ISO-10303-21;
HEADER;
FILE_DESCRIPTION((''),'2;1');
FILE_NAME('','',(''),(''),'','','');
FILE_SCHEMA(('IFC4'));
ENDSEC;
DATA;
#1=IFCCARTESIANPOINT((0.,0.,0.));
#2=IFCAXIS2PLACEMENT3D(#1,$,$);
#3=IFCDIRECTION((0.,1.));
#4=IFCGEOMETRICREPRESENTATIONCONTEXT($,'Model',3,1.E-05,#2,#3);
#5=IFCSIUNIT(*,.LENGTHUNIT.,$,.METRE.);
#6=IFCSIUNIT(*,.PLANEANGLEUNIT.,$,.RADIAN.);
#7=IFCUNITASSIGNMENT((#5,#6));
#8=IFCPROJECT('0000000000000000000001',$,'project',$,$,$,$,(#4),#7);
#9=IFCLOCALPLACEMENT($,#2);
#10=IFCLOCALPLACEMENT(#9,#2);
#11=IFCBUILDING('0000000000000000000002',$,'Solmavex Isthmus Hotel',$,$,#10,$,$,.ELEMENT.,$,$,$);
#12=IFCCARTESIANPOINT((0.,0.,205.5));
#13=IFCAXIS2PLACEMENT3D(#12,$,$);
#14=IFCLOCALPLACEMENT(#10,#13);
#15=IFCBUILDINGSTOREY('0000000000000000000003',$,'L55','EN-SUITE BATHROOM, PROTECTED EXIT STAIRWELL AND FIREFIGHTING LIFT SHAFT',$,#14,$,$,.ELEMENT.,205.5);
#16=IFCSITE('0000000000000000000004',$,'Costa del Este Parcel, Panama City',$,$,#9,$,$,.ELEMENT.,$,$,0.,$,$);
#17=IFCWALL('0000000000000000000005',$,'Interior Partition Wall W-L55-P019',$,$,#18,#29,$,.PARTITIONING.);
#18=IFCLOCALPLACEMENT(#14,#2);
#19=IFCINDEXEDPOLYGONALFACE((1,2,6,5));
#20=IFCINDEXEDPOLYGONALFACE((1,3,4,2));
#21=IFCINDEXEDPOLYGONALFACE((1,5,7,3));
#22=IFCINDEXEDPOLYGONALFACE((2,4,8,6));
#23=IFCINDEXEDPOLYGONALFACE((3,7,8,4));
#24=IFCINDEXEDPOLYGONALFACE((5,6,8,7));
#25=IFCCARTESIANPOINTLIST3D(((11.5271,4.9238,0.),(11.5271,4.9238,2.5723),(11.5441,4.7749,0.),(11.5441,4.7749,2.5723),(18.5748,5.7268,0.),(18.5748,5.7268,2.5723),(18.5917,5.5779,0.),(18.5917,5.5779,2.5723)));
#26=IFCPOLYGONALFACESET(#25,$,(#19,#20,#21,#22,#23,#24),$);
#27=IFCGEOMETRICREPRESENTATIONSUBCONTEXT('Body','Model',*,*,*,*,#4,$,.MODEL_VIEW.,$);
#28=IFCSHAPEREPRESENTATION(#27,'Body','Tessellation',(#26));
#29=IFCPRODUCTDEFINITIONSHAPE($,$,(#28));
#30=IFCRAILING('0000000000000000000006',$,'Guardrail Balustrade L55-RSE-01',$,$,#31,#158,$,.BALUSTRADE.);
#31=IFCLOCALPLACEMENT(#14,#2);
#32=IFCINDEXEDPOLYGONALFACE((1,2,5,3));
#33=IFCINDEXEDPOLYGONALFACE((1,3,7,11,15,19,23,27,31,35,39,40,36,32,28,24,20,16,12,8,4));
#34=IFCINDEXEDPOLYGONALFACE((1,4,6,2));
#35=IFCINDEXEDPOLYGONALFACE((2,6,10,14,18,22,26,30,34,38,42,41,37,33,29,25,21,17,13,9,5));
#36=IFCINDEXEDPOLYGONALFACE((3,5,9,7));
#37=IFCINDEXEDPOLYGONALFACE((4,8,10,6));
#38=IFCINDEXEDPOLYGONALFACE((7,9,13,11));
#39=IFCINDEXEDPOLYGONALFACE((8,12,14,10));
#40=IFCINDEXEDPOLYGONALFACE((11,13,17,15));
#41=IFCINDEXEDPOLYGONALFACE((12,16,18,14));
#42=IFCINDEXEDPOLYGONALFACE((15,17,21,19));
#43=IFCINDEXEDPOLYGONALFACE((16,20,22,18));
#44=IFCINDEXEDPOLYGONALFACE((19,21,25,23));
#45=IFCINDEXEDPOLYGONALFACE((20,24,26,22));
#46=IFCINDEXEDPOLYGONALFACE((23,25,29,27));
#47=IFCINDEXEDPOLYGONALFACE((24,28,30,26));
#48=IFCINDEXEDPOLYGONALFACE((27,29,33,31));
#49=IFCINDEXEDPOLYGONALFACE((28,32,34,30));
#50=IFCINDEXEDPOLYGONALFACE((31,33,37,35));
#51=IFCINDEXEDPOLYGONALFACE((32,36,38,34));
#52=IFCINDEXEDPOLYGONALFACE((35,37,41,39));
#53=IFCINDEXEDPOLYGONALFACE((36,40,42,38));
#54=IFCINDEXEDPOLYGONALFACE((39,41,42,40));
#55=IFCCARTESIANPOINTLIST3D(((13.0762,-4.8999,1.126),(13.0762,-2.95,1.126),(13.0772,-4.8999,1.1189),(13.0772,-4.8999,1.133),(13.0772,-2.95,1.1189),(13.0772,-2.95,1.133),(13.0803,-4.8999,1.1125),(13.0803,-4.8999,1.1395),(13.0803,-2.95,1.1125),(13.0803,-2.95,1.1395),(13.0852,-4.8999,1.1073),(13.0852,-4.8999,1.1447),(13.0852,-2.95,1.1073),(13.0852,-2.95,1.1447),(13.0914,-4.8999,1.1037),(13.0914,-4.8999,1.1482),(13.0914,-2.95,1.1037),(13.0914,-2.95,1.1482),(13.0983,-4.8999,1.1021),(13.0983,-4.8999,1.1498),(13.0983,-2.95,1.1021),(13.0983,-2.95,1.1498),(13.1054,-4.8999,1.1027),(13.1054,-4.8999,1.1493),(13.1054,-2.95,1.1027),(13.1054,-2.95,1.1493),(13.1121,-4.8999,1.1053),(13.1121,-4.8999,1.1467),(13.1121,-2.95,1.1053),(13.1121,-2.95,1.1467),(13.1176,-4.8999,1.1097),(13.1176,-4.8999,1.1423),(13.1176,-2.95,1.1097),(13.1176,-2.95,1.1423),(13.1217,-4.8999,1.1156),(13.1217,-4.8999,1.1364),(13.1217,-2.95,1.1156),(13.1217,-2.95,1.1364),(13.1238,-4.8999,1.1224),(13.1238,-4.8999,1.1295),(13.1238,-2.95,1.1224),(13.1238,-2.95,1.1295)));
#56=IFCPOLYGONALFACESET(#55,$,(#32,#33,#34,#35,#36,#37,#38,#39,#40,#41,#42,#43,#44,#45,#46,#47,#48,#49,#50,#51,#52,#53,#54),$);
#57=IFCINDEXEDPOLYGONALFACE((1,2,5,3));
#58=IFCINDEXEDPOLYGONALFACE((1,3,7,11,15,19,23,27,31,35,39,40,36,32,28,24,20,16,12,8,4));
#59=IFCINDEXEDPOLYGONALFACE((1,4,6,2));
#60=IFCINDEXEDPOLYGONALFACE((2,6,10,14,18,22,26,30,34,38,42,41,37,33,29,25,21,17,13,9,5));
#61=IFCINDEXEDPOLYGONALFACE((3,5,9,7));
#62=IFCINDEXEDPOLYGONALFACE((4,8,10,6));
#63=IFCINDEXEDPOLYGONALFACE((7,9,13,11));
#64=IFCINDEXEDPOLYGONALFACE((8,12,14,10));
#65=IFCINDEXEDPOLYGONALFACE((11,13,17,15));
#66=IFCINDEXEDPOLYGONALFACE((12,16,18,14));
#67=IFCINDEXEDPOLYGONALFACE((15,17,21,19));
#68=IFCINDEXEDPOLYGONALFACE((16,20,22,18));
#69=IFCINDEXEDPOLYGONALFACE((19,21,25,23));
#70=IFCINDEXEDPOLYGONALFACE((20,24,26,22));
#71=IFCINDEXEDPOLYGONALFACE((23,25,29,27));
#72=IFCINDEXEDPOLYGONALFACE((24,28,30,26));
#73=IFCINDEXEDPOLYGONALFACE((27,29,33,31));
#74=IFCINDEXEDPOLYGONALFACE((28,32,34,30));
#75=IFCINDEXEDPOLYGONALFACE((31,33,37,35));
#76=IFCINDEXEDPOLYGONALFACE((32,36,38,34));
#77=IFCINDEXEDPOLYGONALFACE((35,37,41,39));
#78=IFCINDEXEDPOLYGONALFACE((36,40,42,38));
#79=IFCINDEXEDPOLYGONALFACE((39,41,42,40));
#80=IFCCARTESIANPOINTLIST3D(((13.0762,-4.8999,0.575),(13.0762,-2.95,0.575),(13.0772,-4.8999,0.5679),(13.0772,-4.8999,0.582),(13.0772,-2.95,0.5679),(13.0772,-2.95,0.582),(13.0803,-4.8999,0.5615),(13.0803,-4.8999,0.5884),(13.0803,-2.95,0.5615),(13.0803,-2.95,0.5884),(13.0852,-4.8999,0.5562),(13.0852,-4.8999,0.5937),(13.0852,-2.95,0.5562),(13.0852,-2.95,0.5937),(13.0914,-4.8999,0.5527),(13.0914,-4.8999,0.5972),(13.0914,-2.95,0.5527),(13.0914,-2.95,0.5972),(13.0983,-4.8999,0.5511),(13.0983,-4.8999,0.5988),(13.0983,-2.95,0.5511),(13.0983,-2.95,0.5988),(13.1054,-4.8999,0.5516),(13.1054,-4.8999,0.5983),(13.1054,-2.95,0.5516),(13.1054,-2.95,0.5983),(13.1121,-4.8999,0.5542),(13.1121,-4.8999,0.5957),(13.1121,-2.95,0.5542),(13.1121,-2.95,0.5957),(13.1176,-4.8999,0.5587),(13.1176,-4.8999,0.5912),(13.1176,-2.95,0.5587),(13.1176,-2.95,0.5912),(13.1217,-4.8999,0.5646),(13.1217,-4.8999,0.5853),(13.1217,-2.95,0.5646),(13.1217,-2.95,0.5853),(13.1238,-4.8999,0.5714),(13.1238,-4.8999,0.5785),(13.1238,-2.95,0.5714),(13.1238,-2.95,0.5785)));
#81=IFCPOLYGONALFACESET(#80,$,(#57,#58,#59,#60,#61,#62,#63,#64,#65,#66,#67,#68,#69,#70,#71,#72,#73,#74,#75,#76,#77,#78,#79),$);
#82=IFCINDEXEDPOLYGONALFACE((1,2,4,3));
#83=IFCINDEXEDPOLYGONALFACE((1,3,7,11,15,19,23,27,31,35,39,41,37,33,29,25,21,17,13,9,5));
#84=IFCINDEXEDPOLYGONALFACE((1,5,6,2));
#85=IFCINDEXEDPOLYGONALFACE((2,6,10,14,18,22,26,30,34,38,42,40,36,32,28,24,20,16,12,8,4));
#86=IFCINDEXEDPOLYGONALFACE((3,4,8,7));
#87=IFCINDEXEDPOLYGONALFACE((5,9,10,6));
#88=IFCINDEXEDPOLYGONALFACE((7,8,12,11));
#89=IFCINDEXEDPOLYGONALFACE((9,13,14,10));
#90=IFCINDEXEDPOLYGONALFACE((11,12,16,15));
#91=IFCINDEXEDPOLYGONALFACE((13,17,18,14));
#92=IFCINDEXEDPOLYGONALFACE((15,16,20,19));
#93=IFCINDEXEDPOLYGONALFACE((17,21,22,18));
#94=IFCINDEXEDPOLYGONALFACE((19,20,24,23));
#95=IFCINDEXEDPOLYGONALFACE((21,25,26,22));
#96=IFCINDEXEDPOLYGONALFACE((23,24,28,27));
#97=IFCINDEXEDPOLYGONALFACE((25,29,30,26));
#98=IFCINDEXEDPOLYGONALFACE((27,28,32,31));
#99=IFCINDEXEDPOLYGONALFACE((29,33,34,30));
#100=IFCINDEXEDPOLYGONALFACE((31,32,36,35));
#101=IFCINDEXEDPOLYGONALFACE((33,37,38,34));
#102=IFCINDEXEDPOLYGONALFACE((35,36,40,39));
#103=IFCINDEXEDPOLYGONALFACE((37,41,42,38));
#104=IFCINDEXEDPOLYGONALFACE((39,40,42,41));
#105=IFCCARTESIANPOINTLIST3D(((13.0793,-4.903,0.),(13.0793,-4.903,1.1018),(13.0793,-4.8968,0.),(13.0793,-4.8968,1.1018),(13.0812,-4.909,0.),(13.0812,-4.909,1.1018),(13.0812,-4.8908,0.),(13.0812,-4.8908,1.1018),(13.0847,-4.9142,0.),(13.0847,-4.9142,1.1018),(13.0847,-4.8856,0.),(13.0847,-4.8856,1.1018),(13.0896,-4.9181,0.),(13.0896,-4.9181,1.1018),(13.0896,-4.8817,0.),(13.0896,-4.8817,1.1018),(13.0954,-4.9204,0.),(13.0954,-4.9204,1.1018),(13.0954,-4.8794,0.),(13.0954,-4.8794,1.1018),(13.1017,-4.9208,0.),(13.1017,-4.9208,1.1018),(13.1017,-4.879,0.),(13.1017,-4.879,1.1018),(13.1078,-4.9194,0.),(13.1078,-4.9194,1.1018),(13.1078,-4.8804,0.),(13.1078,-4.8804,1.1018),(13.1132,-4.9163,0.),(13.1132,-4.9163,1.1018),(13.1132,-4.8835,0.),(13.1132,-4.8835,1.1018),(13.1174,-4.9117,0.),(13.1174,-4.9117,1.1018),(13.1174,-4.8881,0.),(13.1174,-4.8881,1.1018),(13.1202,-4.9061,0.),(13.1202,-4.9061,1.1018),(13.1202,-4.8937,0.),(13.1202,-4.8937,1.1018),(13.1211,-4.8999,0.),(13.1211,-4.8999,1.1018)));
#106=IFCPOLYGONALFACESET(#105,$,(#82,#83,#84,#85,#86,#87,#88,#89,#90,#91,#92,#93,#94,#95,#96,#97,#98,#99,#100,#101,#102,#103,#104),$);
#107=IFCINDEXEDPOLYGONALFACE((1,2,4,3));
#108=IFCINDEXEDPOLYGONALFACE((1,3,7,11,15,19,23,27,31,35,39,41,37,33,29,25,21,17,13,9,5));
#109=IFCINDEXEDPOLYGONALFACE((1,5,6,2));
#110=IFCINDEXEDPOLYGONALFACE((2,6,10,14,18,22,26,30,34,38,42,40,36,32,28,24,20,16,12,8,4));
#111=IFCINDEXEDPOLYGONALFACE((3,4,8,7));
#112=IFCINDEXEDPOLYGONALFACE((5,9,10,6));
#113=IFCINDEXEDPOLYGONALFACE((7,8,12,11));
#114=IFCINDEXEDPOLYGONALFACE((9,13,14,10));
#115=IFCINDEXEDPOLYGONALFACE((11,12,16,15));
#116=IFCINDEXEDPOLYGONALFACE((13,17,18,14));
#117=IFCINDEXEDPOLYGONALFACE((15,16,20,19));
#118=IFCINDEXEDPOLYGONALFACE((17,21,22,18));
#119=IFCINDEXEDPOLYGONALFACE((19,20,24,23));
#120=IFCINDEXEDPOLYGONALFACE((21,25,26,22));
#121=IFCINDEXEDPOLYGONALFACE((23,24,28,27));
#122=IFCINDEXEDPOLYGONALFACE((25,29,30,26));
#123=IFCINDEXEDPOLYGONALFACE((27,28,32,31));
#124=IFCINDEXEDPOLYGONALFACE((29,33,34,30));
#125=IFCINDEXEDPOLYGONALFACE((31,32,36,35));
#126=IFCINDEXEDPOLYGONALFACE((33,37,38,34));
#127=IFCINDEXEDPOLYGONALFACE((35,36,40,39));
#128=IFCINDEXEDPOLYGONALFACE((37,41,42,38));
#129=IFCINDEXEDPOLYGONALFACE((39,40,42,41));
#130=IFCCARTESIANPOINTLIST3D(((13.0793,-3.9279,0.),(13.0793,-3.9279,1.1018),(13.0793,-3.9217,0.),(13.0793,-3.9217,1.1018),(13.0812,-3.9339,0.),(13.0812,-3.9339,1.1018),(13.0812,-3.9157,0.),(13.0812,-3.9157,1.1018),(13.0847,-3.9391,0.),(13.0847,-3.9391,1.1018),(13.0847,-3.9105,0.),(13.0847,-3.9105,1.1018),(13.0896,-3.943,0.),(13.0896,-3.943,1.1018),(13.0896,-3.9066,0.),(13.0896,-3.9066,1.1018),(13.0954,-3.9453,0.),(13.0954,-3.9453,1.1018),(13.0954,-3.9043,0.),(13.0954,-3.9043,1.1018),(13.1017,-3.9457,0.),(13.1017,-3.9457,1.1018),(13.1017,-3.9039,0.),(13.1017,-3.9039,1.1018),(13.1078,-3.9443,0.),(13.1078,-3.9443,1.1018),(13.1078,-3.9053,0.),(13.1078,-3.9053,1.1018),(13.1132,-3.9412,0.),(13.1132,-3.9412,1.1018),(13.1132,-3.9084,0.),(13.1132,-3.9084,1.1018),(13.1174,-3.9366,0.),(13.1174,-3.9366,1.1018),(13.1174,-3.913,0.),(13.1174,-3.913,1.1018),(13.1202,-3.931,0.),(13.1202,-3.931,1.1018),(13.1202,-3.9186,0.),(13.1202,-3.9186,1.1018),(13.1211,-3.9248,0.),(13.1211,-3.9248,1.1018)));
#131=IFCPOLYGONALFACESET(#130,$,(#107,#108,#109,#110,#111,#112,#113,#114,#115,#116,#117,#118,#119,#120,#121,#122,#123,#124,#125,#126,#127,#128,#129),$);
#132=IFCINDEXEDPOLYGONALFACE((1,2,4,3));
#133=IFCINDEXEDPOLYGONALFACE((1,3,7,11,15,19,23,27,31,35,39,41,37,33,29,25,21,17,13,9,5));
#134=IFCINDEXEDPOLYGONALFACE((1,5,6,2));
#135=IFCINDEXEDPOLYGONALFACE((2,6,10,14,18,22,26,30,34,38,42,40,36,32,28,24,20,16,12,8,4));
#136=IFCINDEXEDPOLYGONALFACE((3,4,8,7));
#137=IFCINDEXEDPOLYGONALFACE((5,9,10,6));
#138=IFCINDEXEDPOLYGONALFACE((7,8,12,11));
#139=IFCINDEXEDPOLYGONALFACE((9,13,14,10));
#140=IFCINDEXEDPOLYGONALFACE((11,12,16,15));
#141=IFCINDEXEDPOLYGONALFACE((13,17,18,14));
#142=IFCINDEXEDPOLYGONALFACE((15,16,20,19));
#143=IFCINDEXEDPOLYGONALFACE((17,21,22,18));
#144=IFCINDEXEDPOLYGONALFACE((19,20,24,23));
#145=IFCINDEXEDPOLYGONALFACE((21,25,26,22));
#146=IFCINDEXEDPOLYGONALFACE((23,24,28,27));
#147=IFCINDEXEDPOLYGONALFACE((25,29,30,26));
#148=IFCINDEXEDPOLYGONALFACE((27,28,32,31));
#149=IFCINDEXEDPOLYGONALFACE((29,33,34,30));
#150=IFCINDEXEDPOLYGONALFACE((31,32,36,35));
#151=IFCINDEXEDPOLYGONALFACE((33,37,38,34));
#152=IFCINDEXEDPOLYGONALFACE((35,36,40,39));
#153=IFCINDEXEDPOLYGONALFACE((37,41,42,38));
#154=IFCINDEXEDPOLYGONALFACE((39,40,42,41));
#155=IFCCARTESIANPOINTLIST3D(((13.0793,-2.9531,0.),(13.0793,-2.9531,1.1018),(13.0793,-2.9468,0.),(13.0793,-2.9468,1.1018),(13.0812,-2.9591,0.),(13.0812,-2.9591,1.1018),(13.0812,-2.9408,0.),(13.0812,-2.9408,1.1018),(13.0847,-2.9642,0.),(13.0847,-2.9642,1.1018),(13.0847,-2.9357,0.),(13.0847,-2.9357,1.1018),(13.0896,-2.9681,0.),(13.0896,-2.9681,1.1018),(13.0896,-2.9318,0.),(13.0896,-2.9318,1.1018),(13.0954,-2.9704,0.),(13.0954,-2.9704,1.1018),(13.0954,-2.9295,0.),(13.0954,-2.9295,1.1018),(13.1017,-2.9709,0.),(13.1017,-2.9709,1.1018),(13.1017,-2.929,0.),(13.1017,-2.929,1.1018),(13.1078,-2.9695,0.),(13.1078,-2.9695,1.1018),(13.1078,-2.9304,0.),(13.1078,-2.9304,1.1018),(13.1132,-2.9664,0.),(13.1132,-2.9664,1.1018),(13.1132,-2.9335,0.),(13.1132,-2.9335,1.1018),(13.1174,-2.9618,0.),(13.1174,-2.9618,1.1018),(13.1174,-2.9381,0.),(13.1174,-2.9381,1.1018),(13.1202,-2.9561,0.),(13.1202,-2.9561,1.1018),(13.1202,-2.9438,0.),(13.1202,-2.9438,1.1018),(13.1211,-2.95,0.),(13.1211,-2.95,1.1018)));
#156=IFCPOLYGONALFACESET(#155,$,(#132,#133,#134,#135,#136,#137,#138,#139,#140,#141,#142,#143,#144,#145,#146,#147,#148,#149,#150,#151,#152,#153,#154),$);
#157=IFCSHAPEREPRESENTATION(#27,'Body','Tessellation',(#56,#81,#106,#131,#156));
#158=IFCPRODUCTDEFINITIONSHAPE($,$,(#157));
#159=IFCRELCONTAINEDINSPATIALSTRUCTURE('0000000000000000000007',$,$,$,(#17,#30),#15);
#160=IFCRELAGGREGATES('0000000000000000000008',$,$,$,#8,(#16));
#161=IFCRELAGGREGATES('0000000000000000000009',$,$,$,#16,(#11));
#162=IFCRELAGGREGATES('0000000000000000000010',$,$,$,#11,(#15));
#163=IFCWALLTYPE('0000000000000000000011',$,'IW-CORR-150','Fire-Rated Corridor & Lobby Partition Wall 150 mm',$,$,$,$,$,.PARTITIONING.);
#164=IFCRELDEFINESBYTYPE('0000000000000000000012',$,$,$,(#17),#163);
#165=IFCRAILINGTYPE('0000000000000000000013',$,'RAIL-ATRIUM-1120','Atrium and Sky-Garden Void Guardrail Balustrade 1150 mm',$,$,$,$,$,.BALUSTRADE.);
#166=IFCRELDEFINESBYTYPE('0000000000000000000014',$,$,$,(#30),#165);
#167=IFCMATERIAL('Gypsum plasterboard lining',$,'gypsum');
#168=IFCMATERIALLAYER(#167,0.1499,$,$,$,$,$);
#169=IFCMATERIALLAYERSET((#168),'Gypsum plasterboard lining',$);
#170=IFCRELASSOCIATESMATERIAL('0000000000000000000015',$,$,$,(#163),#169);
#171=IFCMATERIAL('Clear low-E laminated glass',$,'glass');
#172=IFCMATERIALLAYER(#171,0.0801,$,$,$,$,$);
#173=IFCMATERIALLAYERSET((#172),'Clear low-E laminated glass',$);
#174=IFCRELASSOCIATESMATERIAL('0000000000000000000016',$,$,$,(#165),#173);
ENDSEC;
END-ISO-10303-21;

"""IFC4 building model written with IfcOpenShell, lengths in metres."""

from ifc_helpers import new_model, si_unit, direction, frame, frame_2d, origin, origin_2d, place, context, subcontext, project, spatial, rectangle, circle, extrude, material, layer, layer_set, type_object, element, save


model = new_model("IFC4")

# Units and contexts
model_context = context("Model", 3, precision=1e-05, world=origin(), true_north=direction((0.0, 1.0)))
body_context = subcontext(model_context, "Body", "Model", "MODEL_VIEW")
ifc_project = project(units=[si_unit("LENGTHUNIT", "METRE"), si_unit("PLANEANGLEUNIT", "RADIAN")], contexts=[model_context])

# Site, building, storey
site_placement = place(None, origin())
site = spatial("IfcSite", under=ifc_project, at=site_placement, Name="Costa del Este Parcel, Panama City", CompositionType="ELEMENT", RefElevation=0.0)
building_placement = place(site_placement, origin())
building = spatial("IfcBuilding", under=site, at=building_placement, Name="Solmavex Isthmus Hotel", CompositionType="ELEMENT")
storey_placement = place(building_placement, frame((0.0, 0.0, 205.5)))
storey = spatial("IfcBuildingStorey", under=building, at=storey_placement, Name="L55", Description="EN-SUITE BATHROOM, PROTECTED EXIT STAIRWELL AND FIREFIGHTING LIFT SHAFT", CompositionType="ELEMENT", Elevation=205.5)

# Shared definitions
ifc_material_1 = material(Name="Clear low-E laminated glass", Category="glass")

# Wall
ifc_material_2 = material(Name="Gypsum plasterboard lining", Category="gypsum")
ifc_layer_1 = layer(ifc_material_2, 0.1499)
ifc_layer_set_1 = layer_set([ifc_layer_1], Name="Gypsum plasterboard lining")
wall_type_1 = type_object("IfcWallType", Name="IW-CORR-150", Description="Fire-Rated Corridor & Lobby Partition Wall 150 mm", PredefinedType="PARTITIONING", material=ifc_layer_set_1)
wall_1_placement = place(storey_placement, frame((18.5833, 5.6523, 0.0), z_axis=(0.0, 0.0, 1.0), x_axis=(-0.993572, -0.113204, 0.0)))
element("IfcWall", 1, at=wall_1_placement, inside=storey, type_object=wall_type_1, Name="Interior Partition Wall W-L55-P019", PredefinedType="PARTITIONING", context=body_context, shape_type="SweptSolid", body=[
    extrude(rectangle(XDim=7.0933, YDim=0.1499, at=frame_2d((3.5466, 0.0))), origin(), (0.0, 0.0, 1.0), 2.5723),
])

# Railing
ifc_layer_2 = layer(ifc_material_1, 0.0801)
ifc_layer_set_2 = layer_set([ifc_layer_2], Name="Clear low-E laminated glass")
railing_type_1 = type_object("IfcRailingType", Name="RAIL-ATRIUM-1120", Description="Atrium and Sky-Garden Void Guardrail Balustrade 1150 mm", PredefinedType="BALUSTRADE", material=ifc_layer_set_2)
railing_1_placement = place(storey_placement, frame((13.1001, -4.8999, 0.0)))
element("IfcRailing", 2, at=railing_1_placement, inside=storey, type_object=railing_type_1, Name="Guardrail Balustrade L55-RSE-01", PredefinedType="BALUSTRADE", context=body_context, shape_type="SweptSolid", body=[
    extrude(circle(Radius=0.0239, at=origin_2d()), frame((0.0, 0.0, 1.126), z_axis=(0.0, 1.0, 0.0), x_axis=(-1.0, 0.0, 0.0)), (0.0, 0.0, 1.0), 1.95),
    extrude(circle(Radius=0.0239, at=origin_2d()), frame((0.0, 0.0, 0.575), z_axis=(0.0, 1.0, 0.0), x_axis=(-1.0, 0.0, 0.0)), (0.0, 0.0, 1.0), 1.95),
    extrude(circle(Radius=0.021, at=origin_2d()), origin(), (0.0, 0.0, 1.0), 1.1018),
    extrude(circle(Radius=0.021, at=origin_2d()), frame((0.0, 0.9751, 0.0)), (0.0, 0.0, 1.0), 1.1018),
    extrude(circle(Radius=0.021, at=origin_2d()), frame((0.0, 1.95, 0.0)), (0.0, 0.0, 1.0), 1.1018),
])

save(model, "model.ifc")
